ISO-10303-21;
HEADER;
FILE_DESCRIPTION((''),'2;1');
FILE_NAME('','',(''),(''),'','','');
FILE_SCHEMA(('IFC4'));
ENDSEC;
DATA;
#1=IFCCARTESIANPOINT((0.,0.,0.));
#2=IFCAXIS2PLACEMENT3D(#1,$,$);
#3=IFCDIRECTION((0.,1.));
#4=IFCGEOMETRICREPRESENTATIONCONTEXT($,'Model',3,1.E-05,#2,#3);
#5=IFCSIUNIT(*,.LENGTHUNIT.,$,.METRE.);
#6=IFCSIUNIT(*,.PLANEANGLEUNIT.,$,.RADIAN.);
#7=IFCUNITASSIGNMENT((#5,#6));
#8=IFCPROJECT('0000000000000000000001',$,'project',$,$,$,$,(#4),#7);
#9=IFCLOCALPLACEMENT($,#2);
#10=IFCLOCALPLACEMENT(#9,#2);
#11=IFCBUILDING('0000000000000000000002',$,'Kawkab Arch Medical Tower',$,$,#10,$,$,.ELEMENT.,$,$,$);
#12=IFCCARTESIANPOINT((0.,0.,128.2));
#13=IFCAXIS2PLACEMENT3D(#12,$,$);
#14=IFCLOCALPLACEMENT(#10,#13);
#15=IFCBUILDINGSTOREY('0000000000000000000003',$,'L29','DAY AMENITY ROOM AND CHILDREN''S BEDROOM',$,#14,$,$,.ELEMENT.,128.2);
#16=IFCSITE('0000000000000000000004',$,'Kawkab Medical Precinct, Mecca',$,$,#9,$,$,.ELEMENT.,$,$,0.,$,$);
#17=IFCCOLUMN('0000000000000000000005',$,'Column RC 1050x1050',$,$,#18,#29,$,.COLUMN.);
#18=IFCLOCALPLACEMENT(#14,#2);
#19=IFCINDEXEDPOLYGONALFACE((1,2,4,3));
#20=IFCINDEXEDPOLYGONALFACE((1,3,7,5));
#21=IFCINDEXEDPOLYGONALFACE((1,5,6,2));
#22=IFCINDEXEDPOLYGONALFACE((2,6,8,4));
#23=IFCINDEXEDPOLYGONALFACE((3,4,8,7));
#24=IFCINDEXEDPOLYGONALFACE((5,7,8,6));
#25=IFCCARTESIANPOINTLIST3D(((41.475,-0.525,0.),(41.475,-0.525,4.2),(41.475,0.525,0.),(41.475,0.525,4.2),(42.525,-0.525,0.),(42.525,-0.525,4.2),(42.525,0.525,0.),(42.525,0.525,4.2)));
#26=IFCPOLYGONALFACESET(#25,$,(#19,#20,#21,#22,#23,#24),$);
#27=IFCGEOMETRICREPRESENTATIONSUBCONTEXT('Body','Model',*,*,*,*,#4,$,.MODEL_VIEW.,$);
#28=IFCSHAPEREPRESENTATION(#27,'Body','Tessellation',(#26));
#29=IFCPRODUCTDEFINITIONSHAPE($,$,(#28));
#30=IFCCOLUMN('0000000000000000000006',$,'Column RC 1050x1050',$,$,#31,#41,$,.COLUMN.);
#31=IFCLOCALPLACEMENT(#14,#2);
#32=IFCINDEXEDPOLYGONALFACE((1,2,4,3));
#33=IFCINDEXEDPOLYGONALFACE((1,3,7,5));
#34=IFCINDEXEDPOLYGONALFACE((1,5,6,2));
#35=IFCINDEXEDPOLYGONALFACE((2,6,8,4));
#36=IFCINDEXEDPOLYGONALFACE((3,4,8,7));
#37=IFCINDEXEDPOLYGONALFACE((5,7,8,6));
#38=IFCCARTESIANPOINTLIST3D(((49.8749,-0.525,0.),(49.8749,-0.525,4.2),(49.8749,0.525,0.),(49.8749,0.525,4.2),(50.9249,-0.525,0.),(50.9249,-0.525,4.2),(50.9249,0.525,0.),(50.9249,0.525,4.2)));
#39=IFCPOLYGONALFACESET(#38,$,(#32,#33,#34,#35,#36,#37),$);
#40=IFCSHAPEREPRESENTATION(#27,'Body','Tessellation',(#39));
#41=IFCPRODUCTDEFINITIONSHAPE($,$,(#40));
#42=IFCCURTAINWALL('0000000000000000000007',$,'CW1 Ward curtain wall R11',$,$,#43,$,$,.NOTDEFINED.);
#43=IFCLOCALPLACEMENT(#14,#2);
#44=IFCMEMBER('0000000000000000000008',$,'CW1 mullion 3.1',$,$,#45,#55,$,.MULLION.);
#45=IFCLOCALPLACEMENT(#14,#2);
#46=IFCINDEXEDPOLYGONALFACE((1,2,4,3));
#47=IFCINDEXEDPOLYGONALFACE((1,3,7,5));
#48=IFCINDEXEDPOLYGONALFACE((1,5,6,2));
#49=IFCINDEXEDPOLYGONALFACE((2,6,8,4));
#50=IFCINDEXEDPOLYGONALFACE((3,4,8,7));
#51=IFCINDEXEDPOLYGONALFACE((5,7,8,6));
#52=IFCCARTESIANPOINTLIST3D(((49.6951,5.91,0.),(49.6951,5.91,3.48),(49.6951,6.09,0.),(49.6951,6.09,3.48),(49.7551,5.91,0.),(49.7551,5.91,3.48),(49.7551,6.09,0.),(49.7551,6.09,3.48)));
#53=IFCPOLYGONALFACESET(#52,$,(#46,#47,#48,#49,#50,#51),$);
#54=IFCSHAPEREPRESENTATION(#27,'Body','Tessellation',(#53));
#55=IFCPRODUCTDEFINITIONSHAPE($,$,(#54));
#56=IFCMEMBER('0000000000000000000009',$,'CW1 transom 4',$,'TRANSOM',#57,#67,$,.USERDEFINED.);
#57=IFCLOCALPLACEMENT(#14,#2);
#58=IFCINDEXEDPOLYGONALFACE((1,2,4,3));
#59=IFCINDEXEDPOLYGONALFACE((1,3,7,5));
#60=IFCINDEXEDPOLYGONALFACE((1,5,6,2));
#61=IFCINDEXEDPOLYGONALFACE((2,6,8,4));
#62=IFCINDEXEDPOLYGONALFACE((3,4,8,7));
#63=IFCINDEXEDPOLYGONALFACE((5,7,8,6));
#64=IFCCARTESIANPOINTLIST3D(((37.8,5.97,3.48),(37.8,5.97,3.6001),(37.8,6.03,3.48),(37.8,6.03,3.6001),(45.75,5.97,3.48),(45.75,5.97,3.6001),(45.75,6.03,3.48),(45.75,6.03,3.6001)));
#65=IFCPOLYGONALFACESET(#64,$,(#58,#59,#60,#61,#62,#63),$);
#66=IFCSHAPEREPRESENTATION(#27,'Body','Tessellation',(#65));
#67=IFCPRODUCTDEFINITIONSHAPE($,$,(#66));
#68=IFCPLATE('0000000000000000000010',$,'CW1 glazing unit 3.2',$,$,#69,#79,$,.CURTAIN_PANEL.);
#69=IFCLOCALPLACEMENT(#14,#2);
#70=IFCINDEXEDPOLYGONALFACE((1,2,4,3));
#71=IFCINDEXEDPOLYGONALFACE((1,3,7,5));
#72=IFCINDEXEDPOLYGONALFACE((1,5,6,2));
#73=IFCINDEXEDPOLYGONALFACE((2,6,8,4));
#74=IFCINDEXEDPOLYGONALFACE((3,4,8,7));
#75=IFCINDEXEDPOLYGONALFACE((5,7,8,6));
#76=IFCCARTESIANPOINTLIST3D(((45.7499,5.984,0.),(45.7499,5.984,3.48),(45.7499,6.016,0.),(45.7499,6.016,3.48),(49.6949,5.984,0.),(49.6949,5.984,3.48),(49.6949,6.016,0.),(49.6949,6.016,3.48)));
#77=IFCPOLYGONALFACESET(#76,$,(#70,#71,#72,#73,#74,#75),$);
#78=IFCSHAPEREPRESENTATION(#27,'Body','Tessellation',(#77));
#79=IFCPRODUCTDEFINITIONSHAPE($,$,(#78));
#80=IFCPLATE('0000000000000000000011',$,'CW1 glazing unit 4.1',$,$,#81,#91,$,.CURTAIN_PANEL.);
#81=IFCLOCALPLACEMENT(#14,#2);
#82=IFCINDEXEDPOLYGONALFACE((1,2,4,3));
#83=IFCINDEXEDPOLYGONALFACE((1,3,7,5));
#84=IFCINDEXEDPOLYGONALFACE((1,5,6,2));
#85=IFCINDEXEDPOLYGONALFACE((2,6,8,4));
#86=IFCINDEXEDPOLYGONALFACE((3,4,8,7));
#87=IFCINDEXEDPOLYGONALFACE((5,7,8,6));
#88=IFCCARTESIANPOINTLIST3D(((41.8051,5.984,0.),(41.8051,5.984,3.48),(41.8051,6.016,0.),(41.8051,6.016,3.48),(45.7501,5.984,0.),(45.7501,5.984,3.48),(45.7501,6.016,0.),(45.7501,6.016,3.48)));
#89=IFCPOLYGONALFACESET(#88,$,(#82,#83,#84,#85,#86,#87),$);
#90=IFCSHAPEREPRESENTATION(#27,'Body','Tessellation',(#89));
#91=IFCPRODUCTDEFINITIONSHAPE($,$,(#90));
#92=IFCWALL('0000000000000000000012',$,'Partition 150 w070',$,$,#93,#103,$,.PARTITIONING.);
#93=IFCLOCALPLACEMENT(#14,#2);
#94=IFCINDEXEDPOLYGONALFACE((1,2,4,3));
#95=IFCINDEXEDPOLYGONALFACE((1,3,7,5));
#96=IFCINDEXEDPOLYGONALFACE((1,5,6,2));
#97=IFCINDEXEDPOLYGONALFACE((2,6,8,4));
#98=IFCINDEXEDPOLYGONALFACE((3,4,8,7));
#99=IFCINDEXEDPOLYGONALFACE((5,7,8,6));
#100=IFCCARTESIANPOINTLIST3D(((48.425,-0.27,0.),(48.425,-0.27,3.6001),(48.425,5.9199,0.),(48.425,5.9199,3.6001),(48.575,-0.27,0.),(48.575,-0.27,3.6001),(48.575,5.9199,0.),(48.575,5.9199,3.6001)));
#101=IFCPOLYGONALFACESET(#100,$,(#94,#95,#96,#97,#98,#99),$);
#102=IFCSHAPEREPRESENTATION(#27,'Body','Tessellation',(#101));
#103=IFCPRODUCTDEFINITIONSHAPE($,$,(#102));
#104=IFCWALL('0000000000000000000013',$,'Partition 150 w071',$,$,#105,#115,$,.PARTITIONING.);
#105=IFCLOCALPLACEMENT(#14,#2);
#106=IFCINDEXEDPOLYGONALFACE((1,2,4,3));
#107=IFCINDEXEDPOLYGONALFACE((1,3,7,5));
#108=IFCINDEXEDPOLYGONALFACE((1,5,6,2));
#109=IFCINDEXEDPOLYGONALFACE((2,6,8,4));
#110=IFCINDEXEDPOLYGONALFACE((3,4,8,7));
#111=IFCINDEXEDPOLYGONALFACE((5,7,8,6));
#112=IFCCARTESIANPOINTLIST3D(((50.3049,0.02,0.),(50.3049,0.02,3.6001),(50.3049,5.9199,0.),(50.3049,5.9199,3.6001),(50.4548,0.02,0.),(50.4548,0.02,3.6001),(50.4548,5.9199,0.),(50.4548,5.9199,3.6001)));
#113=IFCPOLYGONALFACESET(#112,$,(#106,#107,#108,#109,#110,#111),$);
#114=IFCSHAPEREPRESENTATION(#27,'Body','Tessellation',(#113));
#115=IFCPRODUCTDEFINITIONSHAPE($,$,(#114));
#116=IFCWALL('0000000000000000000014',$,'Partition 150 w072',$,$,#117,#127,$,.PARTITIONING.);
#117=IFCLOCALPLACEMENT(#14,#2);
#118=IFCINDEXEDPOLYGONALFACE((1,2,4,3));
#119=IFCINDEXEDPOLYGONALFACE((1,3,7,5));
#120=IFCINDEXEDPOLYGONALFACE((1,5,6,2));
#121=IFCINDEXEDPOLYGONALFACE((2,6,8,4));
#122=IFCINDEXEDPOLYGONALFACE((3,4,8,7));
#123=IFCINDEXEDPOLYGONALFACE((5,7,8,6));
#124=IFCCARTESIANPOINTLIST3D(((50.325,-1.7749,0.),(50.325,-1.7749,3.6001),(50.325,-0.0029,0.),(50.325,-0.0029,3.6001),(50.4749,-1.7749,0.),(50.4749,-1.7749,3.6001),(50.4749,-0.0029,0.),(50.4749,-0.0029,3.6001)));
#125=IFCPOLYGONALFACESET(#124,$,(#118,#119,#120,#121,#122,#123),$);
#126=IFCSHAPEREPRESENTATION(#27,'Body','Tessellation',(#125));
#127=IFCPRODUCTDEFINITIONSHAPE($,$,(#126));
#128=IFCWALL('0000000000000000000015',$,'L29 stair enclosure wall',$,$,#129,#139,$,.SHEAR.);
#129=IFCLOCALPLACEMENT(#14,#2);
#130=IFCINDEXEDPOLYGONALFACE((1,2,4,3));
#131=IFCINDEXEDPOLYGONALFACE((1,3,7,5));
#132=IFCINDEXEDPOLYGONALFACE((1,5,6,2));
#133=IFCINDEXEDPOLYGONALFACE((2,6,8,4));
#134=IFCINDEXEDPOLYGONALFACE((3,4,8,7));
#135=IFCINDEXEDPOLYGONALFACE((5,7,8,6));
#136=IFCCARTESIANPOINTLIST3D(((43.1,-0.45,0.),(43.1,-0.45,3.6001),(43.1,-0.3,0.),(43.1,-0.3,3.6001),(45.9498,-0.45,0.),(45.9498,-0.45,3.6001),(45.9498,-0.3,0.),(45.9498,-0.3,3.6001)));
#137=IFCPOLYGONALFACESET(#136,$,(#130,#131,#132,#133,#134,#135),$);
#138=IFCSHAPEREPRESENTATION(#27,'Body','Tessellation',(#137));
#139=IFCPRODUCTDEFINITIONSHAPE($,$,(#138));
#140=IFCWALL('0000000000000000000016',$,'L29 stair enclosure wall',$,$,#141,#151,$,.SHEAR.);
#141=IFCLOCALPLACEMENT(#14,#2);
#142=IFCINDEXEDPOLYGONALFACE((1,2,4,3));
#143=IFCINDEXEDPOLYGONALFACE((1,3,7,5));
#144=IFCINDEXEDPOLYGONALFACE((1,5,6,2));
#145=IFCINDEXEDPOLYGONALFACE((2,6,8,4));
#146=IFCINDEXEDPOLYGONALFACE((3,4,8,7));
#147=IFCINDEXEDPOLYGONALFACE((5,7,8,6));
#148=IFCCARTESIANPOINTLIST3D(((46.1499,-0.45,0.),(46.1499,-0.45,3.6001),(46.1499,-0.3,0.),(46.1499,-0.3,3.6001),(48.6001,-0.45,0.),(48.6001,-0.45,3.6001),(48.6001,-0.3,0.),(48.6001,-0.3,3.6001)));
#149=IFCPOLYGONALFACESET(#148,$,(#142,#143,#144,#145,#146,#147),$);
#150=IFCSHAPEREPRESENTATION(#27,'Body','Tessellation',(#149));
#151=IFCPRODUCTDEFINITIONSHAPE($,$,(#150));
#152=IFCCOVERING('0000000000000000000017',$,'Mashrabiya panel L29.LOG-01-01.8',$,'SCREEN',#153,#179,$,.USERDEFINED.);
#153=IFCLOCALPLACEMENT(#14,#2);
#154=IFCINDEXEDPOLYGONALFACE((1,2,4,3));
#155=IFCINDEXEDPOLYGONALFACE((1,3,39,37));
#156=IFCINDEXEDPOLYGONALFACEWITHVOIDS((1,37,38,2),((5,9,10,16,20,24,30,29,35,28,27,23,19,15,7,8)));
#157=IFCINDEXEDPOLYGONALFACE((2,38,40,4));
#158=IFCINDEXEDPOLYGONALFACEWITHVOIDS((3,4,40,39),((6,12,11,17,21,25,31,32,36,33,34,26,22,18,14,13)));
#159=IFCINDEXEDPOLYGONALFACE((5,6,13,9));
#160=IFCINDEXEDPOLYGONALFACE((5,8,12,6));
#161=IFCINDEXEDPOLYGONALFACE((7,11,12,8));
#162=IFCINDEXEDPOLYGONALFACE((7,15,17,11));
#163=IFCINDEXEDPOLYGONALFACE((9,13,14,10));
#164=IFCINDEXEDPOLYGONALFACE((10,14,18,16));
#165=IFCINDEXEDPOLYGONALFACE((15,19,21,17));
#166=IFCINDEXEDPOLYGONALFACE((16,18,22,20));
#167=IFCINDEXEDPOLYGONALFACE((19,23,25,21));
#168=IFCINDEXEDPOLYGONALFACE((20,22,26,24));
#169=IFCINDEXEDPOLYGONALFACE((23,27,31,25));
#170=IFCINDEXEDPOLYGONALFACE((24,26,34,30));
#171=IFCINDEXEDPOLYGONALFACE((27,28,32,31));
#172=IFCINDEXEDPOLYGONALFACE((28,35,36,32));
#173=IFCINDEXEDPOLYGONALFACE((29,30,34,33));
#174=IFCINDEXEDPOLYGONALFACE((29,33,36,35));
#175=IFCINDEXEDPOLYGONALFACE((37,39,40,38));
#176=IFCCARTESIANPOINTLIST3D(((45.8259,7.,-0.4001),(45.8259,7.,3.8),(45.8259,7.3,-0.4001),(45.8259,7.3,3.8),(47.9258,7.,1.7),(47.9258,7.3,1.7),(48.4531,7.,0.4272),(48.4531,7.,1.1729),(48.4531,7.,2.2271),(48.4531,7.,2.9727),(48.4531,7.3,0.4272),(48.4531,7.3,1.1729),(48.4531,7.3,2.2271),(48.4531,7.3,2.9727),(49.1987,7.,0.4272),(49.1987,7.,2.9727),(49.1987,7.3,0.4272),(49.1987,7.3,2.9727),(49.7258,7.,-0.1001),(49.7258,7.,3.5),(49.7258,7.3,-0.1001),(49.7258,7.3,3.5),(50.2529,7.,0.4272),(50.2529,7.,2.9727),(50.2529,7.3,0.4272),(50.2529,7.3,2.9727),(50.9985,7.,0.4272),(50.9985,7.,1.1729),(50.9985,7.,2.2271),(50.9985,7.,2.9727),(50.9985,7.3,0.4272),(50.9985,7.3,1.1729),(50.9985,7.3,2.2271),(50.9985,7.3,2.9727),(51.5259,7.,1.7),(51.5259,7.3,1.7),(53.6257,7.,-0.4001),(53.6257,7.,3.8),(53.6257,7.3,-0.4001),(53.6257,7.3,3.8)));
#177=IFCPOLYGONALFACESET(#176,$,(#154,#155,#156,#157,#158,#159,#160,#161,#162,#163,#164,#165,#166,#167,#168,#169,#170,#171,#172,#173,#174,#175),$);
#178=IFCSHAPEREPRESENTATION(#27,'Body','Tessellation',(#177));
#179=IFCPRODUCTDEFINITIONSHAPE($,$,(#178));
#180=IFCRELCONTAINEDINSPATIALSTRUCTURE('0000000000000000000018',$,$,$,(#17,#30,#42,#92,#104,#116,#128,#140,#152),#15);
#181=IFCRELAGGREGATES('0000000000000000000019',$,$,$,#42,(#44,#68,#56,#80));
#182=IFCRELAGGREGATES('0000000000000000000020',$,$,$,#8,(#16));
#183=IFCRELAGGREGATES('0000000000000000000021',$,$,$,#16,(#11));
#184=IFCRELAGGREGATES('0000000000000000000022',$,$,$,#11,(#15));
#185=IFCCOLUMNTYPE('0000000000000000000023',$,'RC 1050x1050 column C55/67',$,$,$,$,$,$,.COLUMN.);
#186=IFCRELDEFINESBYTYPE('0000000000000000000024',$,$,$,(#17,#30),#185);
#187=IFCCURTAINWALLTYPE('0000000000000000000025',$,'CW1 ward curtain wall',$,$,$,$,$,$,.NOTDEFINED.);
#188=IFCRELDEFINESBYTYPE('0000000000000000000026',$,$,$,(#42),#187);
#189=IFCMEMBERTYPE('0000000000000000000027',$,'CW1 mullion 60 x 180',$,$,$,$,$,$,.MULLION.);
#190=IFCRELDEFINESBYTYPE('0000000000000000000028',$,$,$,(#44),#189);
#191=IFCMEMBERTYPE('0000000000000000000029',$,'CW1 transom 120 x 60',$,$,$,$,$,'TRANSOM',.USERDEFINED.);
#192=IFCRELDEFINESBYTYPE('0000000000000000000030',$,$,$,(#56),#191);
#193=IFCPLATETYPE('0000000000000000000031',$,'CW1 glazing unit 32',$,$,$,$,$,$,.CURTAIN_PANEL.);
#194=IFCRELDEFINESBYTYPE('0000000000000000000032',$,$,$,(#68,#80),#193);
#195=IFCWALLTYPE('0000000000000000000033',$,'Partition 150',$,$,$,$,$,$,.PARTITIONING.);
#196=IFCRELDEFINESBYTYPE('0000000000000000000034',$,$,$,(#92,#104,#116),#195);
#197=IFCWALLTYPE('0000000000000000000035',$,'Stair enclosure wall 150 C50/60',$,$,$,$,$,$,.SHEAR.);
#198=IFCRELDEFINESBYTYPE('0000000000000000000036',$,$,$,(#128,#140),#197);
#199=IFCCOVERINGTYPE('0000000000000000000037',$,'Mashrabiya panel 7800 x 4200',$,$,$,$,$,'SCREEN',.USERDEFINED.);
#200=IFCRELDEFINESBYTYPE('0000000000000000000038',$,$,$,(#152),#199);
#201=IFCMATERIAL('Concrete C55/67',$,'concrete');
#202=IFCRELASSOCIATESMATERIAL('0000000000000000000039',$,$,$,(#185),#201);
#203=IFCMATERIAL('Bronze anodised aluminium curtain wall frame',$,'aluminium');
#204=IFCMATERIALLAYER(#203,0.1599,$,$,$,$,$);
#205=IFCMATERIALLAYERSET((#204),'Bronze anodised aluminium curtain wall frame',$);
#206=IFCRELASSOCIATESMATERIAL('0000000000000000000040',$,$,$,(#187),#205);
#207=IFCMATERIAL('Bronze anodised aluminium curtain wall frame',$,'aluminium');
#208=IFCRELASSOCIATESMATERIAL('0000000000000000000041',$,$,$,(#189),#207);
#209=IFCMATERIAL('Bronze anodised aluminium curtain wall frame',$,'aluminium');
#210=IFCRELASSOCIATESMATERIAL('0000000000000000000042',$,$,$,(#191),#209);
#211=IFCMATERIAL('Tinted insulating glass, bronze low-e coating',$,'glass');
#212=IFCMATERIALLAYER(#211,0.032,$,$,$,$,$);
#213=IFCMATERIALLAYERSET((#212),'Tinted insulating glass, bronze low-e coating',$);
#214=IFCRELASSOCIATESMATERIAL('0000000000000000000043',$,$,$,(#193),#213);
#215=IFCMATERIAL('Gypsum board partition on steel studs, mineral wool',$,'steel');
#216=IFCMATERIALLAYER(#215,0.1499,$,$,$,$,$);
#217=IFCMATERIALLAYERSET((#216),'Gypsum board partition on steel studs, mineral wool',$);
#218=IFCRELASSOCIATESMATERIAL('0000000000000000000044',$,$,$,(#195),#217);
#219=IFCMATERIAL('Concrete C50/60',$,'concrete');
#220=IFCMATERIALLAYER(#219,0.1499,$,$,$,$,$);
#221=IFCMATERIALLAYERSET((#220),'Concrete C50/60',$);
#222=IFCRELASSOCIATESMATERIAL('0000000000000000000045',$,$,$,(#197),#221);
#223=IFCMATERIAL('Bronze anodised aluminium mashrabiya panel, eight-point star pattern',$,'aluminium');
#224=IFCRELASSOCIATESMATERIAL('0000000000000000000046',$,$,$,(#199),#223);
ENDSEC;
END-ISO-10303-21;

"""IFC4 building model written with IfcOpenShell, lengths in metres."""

from ifc_helpers import new_model, si_unit, direction, frame, frame_2d, origin, origin_2d, place, context, subcontext, project, spatial, polyline, rectangle, outline, extrude, material, layer, layer_set, material_profile, profile_set, type_object, element, aggregate, save


model = new_model("IFC4")

# Units and contexts
model_context = context("Model", 3, precision=1e-05, world=origin(), true_north=direction((0.0, 1.0)))
body_context = subcontext(model_context, "Body", "Model", "MODEL_VIEW")
ifc_project = project(units=[si_unit("LENGTHUNIT", "METRE"), si_unit("PLANEANGLEUNIT", "RADIAN")], contexts=[model_context])

# Site, building, storey
site_placement = place(None, origin())
site = spatial("IfcSite", under=ifc_project, at=site_placement, Name="Kawkab Medical Precinct, Mecca", CompositionType="ELEMENT", RefElevation=0.0)
building_placement = place(site_placement, origin())
building = spatial("IfcBuilding", under=site, at=building_placement, Name="Kawkab Arch Medical Tower", CompositionType="ELEMENT")
storey_placement = place(building_placement, frame((0.0, 0.0, 128.2)))
storey = spatial("IfcBuildingStorey", under=building, at=storey_placement, Name="L29", Description="DAY AMENITY ROOM AND CHILDREN'S BEDROOM", CompositionType="ELEMENT", Elevation=128.2)

# Columns
ifc_material_1 = material(Name="Concrete C55/67", Category="concrete")
ifc_material_profile_1 = material_profile(ifc_material_1, rectangle(XDim=1.05, YDim=1.05, at=origin_2d()), Name="RC 1050x1050")
ifc_profile_set_1 = profile_set([ifc_material_profile_1], Name="Concrete C55/67")
column_type = type_object("IfcColumnType", Name="RC 1050x1050 column C55/67", PredefinedType="COLUMN", material=ifc_profile_set_1)
for number, where, z_axis, x_axis, name in (
    (1, (42.0, 0.0, 0.0), (0.0, 0.0, 1.0), (1.0, 0.0, 0.0), "Column RC 1050x1050"),
    (2, (50.3999, 0.0, 0.0), (0.0, 0.0, 1.0), (1.0, 0.0, 0.0), "Column RC 1050x1050"),
):
    element("IfcColumn", number, at=place(storey_placement, frame(where, z_axis=z_axis, x_axis=x_axis)), inside=storey, type_object=column_type, Name=name, PredefinedType="COLUMN", context=body_context, shape_type="SweptSolid", body=[
        extrude(rectangle(XDim=1.05, YDim=1.05, at=origin_2d()), origin(), (0.0, 0.0, 1.0), 4.2),
    ])

# Curtain wall, members, plates
ifc_material_2 = material(Name="Bronze anodised aluminium curtain wall frame", Category="aluminium")
ifc_layer_1 = layer(ifc_material_2, 0.1599)
ifc_layer_set_1 = layer_set([ifc_layer_1], Name="Bronze anodised aluminium curtain wall frame")
curtain_wall_type = type_object("IfcCurtainWallType", Name="CW1 ward curtain wall", PredefinedType="NOTDEFINED", material=ifc_layer_set_1)
curtain_wall_placement = place(storey_placement, origin())
curtain_wall = element("IfcCurtainWall", 3, at=curtain_wall_placement, inside=storey, type_object=curtain_wall_type, Name="CW1 Ward curtain wall R11", PredefinedType="NOTDEFINED")
ifc_material_3 = material(Name="Bronze anodised aluminium curtain wall frame", Category="aluminium")
ifc_material_profile_2 = material_profile(ifc_material_3, rectangle(XDim=0.1799, YDim=0.0601, at=origin_2d()), Name="AL 60x180")
ifc_profile_set_2 = profile_set([ifc_material_profile_2], Name="Bronze anodised aluminium curtain wall frame")
member_type_1 = type_object("IfcMemberType", Name="CW1 mullion 60 x 180", PredefinedType="MULLION", material=ifc_profile_set_2)
member_1_placement = place(storey_placement, frame((49.7251, 6.0, 0.0), z_axis=(0.0, 0.0, 1.0), x_axis=(0.0, -1.0, 0.0)))
member_1 = element("IfcMember", 4, at=member_1_placement, type_object=member_type_1, Name="CW1 mullion 3.1", PredefinedType="MULLION", context=body_context, shape_type="SweptSolid", body=[
    extrude(rectangle(XDim=0.1799, YDim=0.0601, at=origin_2d()), origin(), (0.0, 0.0, 1.0), 3.48),
])
ifc_material_4 = material(Name="Bronze anodised aluminium curtain wall frame", Category="aluminium")
ifc_material_profile_3 = material_profile(ifc_material_4, rectangle(XDim=0.0601, YDim=0.1201, at=origin_2d()), Name="AL 60x120")
ifc_profile_set_3 = profile_set([ifc_material_profile_3], Name="Bronze anodised aluminium curtain wall frame")
member_type_2 = type_object("IfcMemberType", Name="CW1 transom 120 x 60", ElementType="TRANSOM", PredefinedType="USERDEFINED", material=ifc_profile_set_3)
member_2_placement = place(storey_placement, frame((45.75, 6.0, 3.54), z_axis=(-1.0, 0.0, 0.0), x_axis=(0.0, -1.0, 0.0)))
member_2 = element("IfcMember", 5, at=member_2_placement, type_object=member_type_2, Name="CW1 transom 4", ObjectType="TRANSOM", PredefinedType="USERDEFINED", context=body_context, shape_type="SweptSolid", body=[
    extrude(rectangle(XDim=0.0601, YDim=0.1201, at=origin_2d()), origin(), (0.0, 0.0, 1.0), 7.95),
])
ifc_material_5 = material(Name="Tinted insulating glass, bronze low-e coating", Category="glass")
ifc_layer_2 = layer(ifc_material_5, 0.032)
ifc_layer_set_2 = layer_set([ifc_layer_2], Name="Tinted insulating glass, bronze low-e coating")
plate_type = type_object("IfcPlateType", Name="CW1 glazing unit 32", PredefinedType="CURTAIN_PANEL", material=ifc_layer_set_2)
plate_1_placement = place(storey_placement, frame((47.7224, 6.0, 0.0), z_axis=(0.0, 0.0, 1.0), x_axis=(-1.0, 0.0, 0.0)))
plate_1 = element("IfcPlate", 6, at=plate_1_placement, type_object=plate_type, Name="CW1 glazing unit 3.2", PredefinedType="CURTAIN_PANEL", context=body_context, shape_type="SweptSolid", body=[
    extrude(rectangle(XDim=3.9451, YDim=0.032, at=origin_2d()), origin(), (0.0, 0.0, 1.0), 3.48),
])
plate_2_placement = place(storey_placement, frame((43.7776, 6.0, 0.0), z_axis=(0.0, 0.0, 1.0), x_axis=(-1.0, 0.0, 0.0)))
plate_2 = element("IfcPlate", 7, at=plate_2_placement, type_object=plate_type, Name="CW1 glazing unit 4.1", PredefinedType="CURTAIN_PANEL", context=body_context, shape_type="SweptSolid", body=[
    extrude(rectangle(XDim=3.9451, YDim=0.032, at=origin_2d()), origin(), (0.0, 0.0, 1.0), 3.48),
])
aggregate(curtain_wall, [member_1, plate_1, member_2, plate_2])

# Walls
ifc_material_6 = material(Name="Gypsum board partition on steel studs, mineral wool", Category="steel")
ifc_layer_3 = layer(ifc_material_6, 0.1499)
ifc_layer_set_3 = layer_set([ifc_layer_3], Name="Gypsum board partition on steel studs, mineral wool")
wall_type_1 = type_object("IfcWallType", Name="Partition 150", PredefinedType="PARTITIONING", material=ifc_layer_set_3)
wall_1_placement = place(storey_placement, frame((48.5, -0.27, 0.0), z_axis=(0.0, 0.0, 1.0), x_axis=(0.0, 1.0, 0.0)))
element("IfcWall", 8, at=wall_1_placement, inside=storey, type_object=wall_type_1, Name="Partition 150 w070", PredefinedType="PARTITIONING", context=body_context, shape_type="SweptSolid", body=[
    extrude(rectangle(XDim=6.1899, YDim=0.1499, at=frame_2d((3.095, 0.0))), origin(), (0.0, 0.0, 1.0), 3.6001),
])
wall_2_placement = place(storey_placement, frame((50.3799, 0.02, 0.0), z_axis=(0.0, 0.0, 1.0), x_axis=(0.0, 1.0, 0.0)))
element("IfcWall", 9, at=wall_2_placement, inside=storey, type_object=wall_type_1, Name="Partition 150 w071", PredefinedType="PARTITIONING", context=body_context, shape_type="SweptSolid", body=[
    extrude(rectangle(XDim=5.8999, YDim=0.1499, at=frame_2d((2.95, 0.0))), origin(), (0.0, 0.0, 1.0), 3.6001),
])
wall_3_placement = place(storey_placement, frame((50.3999, -1.7749, 0.0), z_axis=(0.0, 0.0, 1.0), x_axis=(0.0, 1.0, 0.0)))
element("IfcWall", 10, at=wall_3_placement, inside=storey, type_object=wall_type_1, Name="Partition 150 w072", PredefinedType="PARTITIONING", context=body_context, shape_type="SweptSolid", body=[
    extrude(rectangle(XDim=1.772, YDim=0.1499, at=frame_2d((0.886, 0.0))), origin(), (0.0, 0.0, 1.0), 3.6001),
])
ifc_material_7 = material(Name="Concrete C50/60", Category="concrete")
ifc_layer_4 = layer(ifc_material_7, 0.1499)
ifc_layer_set_4 = layer_set([ifc_layer_4], Name="Concrete C50/60")
wall_type_2 = type_object("IfcWallType", Name="Stair enclosure wall 150 C50/60", PredefinedType="SHEAR", material=ifc_layer_set_4)
wall_4_placement = place(storey_placement, frame((43.1001, -0.375, 0.0), z_axis=(0.0, 0.0, 1.0), x_axis=(1.0, 0.0, 0.0)))
element("IfcWall", 11, at=wall_4_placement, inside=storey, type_object=wall_type_2, Name="L29 stair enclosure wall", PredefinedType="SHEAR", context=body_context, shape_type="SweptSolid", body=[
    extrude(rectangle(XDim=2.8499, YDim=0.1499, at=frame_2d((1.4248, 0.0))), origin(), (0.0, 0.0, 1.0), 3.6001),
])
wall_5_placement = place(storey_placement, frame((46.1499, -0.375, 0.0), z_axis=(0.0, 0.0, 1.0), x_axis=(1.0, 0.0, 0.0)))
element("IfcWall", 12, at=wall_5_placement, inside=storey, type_object=wall_type_2, Name="L29 stair enclosure wall", PredefinedType="SHEAR", context=body_context, shape_type="SweptSolid", body=[
    extrude(rectangle(XDim=2.4502, YDim=0.1499, at=frame_2d((1.2251, 0.0))), origin(), (0.0, 0.0, 1.0), 3.6001),
])

# Covering
ifc_material_8 = material(Name="Bronze anodised aluminium mashrabiya panel, eight-point star pattern", Category="aluminium")
ifc_material_profile_4 = material_profile(ifc_material_8, outline(polyline([(-3.8999, -2.1001), (3.8999, -2.1001), (3.8999, 2.1001), (-3.8999, 2.1001), (-3.8999, -2.1001)]), holes=[polyline([(1.8, 0.0), (1.2727, 0.5271), (1.2727, 1.2727), (0.5271, 1.2727), (0.0, 1.8), (-0.5271, 1.2727), (-1.2727, 1.2727), (-1.2727, 0.5271), (-1.8, 0.0), (-1.2727, -0.5271), (-1.2727, -1.2727), (-0.5271, -1.2727), (0.0, -1.8), (0.5271, -1.2727), (1.2727, -1.2727), (1.2727, -0.5271), (1.8, 0.0)])]), Name="Mashrabiya panel 7800x4200")
ifc_profile_set_4 = profile_set([ifc_material_profile_4], Name="Bronze anodised aluminium mashrabiya panel, eight-point star pattern")
covering_type_1 = type_object("IfcCoveringType", Name="Mashrabiya panel 7800 x 4200", ElementType="SCREEN", PredefinedType="USERDEFINED", material=ifc_profile_set_4)
covering_1_placement = place(storey_placement, frame((49.7258, 7.0, 1.7), z_axis=(0.0, 1.0, 0.0), x_axis=(-1.0, 0.0, 0.0)))
element("IfcCovering", 13, at=covering_1_placement, inside=storey, type_object=covering_type_1, Name="Mashrabiya panel L29.LOG-01-01.8", ObjectType="SCREEN", PredefinedType="USERDEFINED", context=body_context, shape_type="SweptSolid", body=[
    extrude(outline(polyline([(-3.8999, -2.1001), (3.8999, -2.1001), (3.8999, 2.1001), (-3.8999, 2.1001), (-3.8999, -2.1001)]), holes=[polyline([(1.8, 0.0), (1.2727, 0.5271), (1.2727, 1.2727), (0.5271, 1.2727), (0.0, 1.8), (-0.5271, 1.2727), (-1.2727, 1.2727), (-1.2727, 0.5271), (-1.8, 0.0), (-1.2727, -0.5271), (-1.2727, -1.2727), (-0.5271, -1.2727), (0.0, -1.8), (0.5271, -1.2727), (1.2727, -1.2727), (1.2727, -0.5271), (1.8, 0.0)])]), origin(), (0.0, 0.0, 1.0), 0.3),
])

save(model, "model.ifc")
